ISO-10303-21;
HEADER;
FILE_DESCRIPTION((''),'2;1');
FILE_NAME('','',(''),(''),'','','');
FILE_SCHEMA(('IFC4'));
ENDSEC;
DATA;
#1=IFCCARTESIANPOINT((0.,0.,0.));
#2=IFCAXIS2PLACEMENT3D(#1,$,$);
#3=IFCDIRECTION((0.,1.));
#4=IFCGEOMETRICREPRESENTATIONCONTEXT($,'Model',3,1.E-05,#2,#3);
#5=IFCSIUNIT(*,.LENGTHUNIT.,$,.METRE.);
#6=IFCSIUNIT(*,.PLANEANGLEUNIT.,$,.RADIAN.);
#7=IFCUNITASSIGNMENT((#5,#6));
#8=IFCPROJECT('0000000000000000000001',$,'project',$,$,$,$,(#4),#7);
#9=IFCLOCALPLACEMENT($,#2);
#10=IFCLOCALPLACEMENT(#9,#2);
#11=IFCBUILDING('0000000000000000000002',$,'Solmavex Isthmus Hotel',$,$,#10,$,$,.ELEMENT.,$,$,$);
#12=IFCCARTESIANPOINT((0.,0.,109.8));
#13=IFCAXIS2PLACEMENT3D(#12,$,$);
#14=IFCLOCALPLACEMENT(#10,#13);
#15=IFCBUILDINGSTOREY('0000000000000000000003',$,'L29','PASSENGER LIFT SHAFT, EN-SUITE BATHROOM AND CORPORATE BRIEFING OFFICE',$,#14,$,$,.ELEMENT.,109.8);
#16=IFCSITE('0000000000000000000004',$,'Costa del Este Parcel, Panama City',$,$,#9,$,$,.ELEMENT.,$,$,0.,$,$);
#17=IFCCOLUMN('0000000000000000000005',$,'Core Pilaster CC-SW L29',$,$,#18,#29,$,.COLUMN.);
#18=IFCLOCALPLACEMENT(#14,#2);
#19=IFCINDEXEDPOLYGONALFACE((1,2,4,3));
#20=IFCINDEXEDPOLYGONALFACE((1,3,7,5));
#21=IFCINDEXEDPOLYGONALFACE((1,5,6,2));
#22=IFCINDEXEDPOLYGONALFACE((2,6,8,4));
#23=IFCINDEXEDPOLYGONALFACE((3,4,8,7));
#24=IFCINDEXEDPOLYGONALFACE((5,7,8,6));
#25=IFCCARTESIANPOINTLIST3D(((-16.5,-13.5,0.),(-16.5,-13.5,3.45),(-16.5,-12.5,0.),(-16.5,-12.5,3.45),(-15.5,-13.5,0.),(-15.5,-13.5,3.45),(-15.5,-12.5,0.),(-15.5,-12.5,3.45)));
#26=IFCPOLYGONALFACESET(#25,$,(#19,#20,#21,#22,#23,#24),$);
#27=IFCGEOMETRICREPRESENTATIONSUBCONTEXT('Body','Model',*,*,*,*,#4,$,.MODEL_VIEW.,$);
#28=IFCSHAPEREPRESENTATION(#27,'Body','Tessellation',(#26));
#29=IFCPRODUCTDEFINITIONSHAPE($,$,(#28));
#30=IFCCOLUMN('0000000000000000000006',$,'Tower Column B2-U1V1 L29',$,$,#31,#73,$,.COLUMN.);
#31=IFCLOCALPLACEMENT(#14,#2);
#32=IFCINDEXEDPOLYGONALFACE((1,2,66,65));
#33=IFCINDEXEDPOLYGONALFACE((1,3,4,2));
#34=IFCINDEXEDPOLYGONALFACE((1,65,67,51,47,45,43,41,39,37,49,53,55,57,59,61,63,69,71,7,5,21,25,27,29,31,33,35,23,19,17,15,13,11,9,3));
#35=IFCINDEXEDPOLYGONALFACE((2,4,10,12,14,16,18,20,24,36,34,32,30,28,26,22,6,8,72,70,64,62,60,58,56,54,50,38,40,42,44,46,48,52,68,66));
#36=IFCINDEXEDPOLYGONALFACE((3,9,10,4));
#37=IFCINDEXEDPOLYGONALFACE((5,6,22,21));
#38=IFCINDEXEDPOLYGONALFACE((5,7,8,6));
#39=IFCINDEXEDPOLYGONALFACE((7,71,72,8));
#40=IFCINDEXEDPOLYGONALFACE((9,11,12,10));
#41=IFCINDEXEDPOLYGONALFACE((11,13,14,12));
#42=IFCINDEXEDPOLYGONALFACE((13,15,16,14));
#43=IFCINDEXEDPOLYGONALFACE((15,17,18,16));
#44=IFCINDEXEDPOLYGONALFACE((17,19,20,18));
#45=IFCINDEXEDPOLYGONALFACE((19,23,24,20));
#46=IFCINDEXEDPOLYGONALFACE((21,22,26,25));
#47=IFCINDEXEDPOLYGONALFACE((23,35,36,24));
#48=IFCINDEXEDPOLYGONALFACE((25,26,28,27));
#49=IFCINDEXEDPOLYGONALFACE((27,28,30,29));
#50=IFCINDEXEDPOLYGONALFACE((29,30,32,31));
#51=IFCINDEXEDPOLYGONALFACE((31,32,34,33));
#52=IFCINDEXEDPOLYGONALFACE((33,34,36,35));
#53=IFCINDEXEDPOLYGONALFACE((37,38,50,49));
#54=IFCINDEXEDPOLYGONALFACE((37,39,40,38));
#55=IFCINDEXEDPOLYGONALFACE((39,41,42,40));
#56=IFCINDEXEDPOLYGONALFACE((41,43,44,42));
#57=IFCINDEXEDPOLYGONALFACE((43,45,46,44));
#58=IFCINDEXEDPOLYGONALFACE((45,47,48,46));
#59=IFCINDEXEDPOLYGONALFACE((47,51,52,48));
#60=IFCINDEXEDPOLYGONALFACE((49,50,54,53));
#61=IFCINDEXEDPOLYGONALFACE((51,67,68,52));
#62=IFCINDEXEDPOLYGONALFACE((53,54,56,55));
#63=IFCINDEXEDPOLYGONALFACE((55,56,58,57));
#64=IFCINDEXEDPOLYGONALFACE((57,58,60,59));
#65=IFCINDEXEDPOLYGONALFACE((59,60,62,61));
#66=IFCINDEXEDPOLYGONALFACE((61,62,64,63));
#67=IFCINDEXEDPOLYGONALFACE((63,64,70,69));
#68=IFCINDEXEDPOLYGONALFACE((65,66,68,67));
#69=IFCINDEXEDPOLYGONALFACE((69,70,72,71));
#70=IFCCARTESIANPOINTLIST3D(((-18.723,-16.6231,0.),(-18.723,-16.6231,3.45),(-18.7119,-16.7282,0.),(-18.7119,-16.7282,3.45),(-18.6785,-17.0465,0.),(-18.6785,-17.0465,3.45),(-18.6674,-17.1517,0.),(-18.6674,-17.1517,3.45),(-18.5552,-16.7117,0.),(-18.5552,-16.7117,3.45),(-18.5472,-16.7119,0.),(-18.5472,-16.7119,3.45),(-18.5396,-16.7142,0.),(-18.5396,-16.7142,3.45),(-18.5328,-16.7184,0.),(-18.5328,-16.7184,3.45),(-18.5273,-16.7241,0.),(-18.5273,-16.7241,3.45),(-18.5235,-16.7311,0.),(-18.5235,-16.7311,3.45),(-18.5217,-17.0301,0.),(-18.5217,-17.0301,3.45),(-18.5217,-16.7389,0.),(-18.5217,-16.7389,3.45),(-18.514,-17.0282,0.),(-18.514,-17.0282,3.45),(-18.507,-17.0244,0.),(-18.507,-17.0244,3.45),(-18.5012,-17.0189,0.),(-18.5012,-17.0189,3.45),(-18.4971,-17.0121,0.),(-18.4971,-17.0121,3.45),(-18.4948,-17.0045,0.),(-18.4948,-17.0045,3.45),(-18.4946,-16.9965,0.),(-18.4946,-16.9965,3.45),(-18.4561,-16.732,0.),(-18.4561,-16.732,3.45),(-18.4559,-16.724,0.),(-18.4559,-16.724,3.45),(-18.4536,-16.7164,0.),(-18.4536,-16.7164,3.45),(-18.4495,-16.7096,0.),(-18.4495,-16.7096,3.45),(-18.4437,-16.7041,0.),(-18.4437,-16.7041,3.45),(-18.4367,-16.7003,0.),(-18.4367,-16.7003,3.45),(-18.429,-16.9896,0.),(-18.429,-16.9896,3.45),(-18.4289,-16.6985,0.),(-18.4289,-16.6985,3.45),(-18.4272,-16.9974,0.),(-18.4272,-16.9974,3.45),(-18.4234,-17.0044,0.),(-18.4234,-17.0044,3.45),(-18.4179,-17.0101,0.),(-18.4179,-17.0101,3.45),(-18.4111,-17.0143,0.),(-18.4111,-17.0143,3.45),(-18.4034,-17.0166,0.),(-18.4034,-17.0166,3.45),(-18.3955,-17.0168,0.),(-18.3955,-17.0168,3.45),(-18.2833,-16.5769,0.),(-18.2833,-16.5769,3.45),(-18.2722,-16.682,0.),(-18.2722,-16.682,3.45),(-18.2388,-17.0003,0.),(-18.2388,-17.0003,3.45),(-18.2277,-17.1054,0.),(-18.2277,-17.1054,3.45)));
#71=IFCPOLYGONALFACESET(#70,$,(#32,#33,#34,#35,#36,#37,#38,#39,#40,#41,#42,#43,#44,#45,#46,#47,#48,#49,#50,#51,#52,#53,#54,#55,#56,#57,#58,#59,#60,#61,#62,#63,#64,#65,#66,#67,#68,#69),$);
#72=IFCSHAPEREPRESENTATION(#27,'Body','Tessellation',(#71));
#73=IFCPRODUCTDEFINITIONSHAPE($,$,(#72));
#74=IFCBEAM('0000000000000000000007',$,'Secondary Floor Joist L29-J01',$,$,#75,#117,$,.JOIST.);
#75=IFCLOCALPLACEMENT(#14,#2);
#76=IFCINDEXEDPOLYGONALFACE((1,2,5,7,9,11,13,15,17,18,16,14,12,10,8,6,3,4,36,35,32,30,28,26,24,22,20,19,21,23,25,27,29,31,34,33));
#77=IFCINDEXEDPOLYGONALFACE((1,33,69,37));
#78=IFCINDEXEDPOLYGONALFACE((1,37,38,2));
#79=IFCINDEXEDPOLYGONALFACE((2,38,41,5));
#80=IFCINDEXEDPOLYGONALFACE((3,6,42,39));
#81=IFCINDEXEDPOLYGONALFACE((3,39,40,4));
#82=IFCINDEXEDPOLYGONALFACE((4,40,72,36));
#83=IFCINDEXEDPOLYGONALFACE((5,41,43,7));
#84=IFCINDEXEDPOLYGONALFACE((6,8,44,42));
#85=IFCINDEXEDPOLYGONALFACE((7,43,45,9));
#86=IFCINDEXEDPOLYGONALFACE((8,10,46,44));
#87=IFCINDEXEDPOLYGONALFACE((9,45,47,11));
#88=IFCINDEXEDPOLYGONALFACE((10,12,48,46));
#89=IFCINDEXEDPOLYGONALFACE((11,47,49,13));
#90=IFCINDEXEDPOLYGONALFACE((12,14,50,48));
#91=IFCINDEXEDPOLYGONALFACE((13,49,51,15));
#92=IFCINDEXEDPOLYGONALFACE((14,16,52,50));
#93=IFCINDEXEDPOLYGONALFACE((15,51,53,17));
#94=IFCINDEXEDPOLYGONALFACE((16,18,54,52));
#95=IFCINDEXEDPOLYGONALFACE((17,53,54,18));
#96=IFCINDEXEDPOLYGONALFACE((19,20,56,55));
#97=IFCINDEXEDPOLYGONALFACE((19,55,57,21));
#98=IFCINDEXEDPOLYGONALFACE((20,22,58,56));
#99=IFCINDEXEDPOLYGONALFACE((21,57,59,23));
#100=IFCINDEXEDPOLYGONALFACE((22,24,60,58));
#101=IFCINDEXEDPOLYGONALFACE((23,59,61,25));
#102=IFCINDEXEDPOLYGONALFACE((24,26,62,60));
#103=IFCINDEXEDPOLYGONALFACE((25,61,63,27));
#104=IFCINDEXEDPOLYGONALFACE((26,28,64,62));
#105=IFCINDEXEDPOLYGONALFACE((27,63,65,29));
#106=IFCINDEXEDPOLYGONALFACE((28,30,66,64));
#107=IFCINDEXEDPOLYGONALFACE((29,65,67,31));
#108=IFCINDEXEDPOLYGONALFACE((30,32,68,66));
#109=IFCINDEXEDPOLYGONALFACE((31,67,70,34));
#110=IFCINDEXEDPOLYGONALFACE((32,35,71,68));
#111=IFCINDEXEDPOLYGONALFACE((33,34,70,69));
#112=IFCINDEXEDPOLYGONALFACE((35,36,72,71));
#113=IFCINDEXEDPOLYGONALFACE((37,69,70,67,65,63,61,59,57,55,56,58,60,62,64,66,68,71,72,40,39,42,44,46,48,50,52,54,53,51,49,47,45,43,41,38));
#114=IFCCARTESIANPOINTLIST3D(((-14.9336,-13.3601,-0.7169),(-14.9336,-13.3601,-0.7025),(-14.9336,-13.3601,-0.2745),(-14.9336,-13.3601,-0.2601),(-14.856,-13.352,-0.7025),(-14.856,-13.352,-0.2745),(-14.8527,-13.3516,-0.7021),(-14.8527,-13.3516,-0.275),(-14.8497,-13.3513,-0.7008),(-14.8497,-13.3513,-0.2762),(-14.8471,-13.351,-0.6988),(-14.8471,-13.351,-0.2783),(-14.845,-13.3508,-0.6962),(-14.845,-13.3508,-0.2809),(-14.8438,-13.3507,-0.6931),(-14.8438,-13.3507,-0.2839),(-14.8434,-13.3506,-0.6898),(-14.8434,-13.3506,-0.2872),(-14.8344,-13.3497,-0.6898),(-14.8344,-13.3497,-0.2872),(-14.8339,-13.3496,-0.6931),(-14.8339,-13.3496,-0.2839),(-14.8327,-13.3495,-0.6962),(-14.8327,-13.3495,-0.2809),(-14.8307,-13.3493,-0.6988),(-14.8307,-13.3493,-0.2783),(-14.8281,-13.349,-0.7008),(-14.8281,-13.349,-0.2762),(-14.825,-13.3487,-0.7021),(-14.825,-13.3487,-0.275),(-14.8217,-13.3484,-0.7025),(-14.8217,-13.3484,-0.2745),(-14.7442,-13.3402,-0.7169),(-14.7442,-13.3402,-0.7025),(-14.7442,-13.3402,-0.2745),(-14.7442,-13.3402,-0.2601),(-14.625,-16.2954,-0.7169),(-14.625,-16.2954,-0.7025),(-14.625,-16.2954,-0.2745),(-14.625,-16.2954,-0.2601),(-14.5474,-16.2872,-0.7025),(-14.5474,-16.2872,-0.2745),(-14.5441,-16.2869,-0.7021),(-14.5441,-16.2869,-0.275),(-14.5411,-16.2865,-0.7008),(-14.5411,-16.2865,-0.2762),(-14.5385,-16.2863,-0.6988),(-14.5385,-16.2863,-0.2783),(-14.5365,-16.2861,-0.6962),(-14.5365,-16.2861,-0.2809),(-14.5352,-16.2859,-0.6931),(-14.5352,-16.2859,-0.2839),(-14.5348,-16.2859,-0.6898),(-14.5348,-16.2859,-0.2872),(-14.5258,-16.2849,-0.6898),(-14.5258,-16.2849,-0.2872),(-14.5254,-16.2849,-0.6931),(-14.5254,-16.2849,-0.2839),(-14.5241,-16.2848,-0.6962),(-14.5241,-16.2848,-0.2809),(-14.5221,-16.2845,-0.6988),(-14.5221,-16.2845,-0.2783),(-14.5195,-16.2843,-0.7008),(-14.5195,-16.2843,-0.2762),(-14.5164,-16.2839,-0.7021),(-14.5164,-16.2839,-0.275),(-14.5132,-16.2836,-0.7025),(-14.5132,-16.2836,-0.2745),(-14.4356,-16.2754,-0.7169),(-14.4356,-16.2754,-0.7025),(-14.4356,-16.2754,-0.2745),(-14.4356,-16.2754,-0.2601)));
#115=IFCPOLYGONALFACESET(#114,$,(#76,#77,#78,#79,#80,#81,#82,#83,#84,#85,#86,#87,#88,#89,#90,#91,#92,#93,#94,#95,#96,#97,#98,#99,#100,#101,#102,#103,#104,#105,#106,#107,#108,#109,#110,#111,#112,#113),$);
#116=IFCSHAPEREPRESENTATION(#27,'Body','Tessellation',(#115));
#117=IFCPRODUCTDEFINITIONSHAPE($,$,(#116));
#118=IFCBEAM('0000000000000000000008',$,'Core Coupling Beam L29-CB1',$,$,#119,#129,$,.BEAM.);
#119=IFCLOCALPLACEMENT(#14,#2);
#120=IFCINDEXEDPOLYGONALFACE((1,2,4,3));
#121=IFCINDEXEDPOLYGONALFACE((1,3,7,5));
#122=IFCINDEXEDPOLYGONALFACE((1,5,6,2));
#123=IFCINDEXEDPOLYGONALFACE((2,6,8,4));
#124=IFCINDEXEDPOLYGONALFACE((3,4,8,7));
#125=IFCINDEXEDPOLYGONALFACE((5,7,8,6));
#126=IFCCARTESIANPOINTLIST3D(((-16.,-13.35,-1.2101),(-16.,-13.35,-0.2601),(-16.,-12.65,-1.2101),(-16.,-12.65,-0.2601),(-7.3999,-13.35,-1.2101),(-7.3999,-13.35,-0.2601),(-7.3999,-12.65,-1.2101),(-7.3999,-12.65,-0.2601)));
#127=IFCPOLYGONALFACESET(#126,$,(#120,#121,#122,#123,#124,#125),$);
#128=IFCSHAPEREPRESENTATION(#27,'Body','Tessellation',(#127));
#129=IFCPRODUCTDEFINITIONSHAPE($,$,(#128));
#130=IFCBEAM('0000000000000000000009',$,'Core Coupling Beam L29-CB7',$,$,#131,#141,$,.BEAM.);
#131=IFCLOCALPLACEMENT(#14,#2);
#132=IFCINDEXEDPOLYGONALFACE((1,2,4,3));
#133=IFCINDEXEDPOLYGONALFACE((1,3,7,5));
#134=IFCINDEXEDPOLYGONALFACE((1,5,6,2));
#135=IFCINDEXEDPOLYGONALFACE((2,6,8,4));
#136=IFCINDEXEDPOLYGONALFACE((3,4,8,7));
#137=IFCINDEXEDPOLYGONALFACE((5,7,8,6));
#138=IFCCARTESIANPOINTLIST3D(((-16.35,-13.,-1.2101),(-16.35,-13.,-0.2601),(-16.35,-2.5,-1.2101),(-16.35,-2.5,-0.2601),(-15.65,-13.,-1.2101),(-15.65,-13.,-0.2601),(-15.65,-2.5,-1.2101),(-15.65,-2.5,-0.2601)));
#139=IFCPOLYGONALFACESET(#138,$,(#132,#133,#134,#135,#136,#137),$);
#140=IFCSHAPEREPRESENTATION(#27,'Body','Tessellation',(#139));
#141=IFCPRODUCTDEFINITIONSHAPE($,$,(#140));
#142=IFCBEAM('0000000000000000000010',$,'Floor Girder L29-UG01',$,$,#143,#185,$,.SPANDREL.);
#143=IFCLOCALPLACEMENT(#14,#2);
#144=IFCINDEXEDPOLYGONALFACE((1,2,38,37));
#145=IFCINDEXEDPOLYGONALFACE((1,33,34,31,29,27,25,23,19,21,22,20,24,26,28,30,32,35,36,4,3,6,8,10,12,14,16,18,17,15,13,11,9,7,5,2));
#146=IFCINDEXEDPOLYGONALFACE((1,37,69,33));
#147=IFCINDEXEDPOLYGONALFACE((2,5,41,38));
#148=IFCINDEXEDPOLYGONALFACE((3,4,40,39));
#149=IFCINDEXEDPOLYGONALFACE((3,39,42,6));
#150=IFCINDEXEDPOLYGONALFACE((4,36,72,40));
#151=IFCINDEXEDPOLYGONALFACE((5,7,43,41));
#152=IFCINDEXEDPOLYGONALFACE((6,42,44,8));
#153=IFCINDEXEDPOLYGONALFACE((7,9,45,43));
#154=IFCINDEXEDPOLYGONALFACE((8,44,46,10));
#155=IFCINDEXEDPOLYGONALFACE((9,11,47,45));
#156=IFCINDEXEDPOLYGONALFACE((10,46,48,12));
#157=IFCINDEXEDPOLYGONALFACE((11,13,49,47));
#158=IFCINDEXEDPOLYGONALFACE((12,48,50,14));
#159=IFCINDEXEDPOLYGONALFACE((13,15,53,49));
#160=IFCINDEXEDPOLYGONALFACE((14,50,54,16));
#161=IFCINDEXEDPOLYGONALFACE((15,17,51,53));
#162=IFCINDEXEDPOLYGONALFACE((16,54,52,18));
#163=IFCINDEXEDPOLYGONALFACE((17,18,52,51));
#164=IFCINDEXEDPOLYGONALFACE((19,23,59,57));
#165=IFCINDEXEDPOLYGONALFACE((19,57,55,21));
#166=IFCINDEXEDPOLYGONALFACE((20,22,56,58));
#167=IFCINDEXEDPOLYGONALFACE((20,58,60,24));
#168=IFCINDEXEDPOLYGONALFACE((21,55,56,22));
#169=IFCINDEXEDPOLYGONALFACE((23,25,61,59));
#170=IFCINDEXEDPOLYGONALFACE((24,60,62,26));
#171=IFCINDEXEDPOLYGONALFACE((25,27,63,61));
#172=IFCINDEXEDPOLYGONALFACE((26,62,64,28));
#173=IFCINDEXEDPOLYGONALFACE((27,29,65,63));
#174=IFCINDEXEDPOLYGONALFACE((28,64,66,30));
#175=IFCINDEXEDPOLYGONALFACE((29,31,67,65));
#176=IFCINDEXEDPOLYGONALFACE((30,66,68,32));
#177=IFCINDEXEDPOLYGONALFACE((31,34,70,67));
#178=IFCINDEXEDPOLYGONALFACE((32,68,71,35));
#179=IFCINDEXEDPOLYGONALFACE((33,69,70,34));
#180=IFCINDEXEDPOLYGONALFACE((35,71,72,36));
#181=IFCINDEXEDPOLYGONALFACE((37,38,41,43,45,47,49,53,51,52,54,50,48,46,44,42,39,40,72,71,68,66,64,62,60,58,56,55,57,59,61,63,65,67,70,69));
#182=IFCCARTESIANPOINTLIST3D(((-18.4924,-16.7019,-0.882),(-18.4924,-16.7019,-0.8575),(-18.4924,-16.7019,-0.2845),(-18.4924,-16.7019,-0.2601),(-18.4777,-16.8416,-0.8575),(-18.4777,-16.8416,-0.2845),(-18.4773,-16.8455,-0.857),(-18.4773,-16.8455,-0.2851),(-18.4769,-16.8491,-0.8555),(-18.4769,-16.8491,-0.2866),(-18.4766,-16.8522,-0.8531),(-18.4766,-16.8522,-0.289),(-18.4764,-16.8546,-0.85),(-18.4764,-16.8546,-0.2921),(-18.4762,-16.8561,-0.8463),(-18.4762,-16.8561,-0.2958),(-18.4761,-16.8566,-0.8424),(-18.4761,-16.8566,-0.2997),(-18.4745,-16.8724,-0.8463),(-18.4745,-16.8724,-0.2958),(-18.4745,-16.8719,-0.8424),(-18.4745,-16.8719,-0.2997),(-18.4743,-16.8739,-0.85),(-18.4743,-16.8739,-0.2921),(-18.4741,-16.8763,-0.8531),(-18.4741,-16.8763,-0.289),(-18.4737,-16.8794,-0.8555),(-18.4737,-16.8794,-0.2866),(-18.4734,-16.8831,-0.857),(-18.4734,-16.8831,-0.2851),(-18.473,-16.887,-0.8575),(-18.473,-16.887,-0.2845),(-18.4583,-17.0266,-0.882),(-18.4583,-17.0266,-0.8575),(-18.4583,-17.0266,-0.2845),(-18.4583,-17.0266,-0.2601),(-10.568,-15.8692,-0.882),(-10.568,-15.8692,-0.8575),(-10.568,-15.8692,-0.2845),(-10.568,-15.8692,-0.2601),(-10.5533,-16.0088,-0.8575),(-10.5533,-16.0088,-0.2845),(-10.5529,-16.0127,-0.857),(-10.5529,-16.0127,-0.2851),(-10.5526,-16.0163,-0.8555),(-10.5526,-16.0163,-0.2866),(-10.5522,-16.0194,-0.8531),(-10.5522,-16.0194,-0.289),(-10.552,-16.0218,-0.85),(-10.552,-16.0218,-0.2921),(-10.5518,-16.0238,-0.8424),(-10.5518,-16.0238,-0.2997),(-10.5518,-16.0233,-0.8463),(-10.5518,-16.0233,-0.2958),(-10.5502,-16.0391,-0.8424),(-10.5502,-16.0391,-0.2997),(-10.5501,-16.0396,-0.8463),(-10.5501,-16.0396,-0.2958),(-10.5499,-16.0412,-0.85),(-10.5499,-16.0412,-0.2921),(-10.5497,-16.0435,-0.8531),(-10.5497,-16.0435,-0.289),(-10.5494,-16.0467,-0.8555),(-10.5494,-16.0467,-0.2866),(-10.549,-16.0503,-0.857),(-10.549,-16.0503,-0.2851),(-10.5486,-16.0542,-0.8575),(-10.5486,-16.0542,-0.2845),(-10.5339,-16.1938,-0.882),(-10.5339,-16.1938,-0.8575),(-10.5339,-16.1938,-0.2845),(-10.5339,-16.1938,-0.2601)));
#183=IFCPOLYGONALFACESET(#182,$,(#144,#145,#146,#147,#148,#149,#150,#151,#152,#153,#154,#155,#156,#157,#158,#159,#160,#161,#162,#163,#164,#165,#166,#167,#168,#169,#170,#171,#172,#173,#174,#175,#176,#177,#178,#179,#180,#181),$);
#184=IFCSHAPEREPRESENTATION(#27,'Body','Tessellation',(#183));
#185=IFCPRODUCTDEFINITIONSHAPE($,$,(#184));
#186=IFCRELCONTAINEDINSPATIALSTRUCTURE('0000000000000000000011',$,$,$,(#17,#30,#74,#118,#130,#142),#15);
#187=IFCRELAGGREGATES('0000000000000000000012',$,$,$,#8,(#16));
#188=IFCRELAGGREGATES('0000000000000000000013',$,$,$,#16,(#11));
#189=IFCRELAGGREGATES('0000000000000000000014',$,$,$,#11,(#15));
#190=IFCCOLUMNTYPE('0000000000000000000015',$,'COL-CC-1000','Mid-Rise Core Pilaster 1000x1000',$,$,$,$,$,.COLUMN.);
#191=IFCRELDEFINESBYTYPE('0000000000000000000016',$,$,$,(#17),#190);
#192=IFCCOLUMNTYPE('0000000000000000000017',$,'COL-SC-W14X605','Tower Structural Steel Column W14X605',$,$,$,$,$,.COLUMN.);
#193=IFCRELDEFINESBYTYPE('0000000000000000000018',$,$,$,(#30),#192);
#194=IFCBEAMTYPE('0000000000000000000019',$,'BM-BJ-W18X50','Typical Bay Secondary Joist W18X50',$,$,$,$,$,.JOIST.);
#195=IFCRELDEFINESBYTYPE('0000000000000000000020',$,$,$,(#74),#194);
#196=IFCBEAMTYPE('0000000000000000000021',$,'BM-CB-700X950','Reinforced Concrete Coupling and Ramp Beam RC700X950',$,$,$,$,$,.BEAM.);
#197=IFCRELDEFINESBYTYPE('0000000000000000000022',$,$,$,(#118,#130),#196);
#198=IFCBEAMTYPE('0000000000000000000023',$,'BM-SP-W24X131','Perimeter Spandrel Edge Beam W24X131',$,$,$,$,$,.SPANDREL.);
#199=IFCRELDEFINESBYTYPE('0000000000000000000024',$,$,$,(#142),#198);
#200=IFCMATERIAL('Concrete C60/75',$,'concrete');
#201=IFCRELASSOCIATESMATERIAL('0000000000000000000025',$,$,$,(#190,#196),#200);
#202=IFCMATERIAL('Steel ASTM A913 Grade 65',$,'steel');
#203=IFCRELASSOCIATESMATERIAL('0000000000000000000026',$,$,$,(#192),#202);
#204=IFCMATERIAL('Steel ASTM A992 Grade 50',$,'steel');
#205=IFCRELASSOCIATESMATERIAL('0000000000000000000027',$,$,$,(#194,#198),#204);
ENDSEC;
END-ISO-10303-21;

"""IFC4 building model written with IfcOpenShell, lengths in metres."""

from ifc_helpers import new_model, si_unit, direction, frame, origin, origin_2d, place, context, subcontext, project, spatial, rectangle, i_section, extrude, material, material_profile, profile_set, type_object, element, save


model = new_model("IFC4")

# Units and contexts
model_context = context("Model", 3, precision=1e-05, world=origin(), true_north=direction((0.0, 1.0)))
body_context = subcontext(model_context, "Body", "Model", "MODEL_VIEW")
ifc_project = project(units=[si_unit("LENGTHUNIT", "METRE"), si_unit("PLANEANGLEUNIT", "RADIAN")], contexts=[model_context])

# Site, building, storey
site_placement = place(None, origin())
site = spatial("IfcSite", under=ifc_project, at=site_placement, Name="Costa del Este Parcel, Panama City", CompositionType="ELEMENT", RefElevation=0.0)
building_placement = place(site_placement, origin())
building = spatial("IfcBuilding", under=site, at=building_placement, Name="Solmavex Isthmus Hotel", CompositionType="ELEMENT")
storey_placement = place(building_placement, frame((0.0, 0.0, 109.8)))
storey = spatial("IfcBuildingStorey", under=building, at=storey_placement, Name="L29", Description="PASSENGER LIFT SHAFT, EN-SUITE BATHROOM AND CORPORATE BRIEFING OFFICE", CompositionType="ELEMENT", Elevation=109.8)

# Columns
ifc_material_1 = material(Name="Concrete C60/75", Category="concrete")
ifc_material_profile_1 = material_profile(ifc_material_1, rectangle(XDim=1.0, YDim=1.0, at=origin_2d()), Name="RC1000X1000")
ifc_profile_set_1 = profile_set([ifc_material_profile_1], Name="Concrete C60/75")
column_type_1 = type_object("IfcColumnType", Name="COL-CC-1000", Description="Mid-Rise Core Pilaster 1000x1000", PredefinedType="COLUMN", material=ifc_profile_set_1)
column_1_placement = place(storey_placement, frame((-16.0, -13.0, 0.0), z_axis=(0.0, 0.0, 1.0), x_axis=(1.0, 0.0, 0.0)))
element("IfcColumn", 1, at=column_1_placement, inside=storey, type_object=column_type_1, Name="Core Pilaster CC-SW L29", PredefinedType="COLUMN", context=body_context, shape_type="SweptSolid", body=[
    extrude(rectangle(XDim=1.0, YDim=1.0, at=origin_2d()), origin(), (0.0, 0.0, 1.0), 3.45),
])
ifc_material_2 = material(Name="Steel ASTM A913 Grade 65", Category="steel")
ifc_material_profile_2 = material_profile(ifc_material_2, i_section(OverallWidth=0.4421, OverallDepth=0.5315, WebThickness=0.0659, FlangeThickness=0.1057, FilletRadius=0.0305, at=origin_2d()), Name="W14X605")
ifc_profile_set_2 = profile_set([ifc_material_profile_2], Name="Steel ASTM A913 Grade 65")
column_type_2 = type_object("IfcColumnType", Name="COL-SC-W14X605", Description="Tower Structural Steel Column W14X605", PredefinedType="COLUMN", material=ifc_profile_set_2)
column_2_placement = place(storey_placement, frame((-18.4753, -16.8643, 0.0), z_axis=(0.0, 0.0, 1.0), x_axis=(0.994522, 0.104528, 0.0)))
element("IfcColumn", 2, at=column_2_placement, inside=storey, type_object=column_type_2, Name="Tower Column B2-U1V1 L29", PredefinedType="COLUMN", context=body_context, shape_type="SweptSolid", body=[
    extrude(i_section(OverallWidth=0.4421, OverallDepth=0.5315, WebThickness=0.0659, FlangeThickness=0.1057, FilletRadius=0.0305, at=origin_2d()), origin(), (0.0, 0.0, 1.0), 3.45),
])

# Beams
ifc_material_3 = material(Name="Steel ASTM A992 Grade 50", Category="steel")
ifc_material_profile_3 = material_profile(ifc_material_3, i_section(OverallWidth=0.1904, OverallDepth=0.4568, WebThickness=0.009, FlangeThickness=0.0144, FilletRadius=0.0127, at=origin_2d()), Name="W18X50")
ifc_profile_set_3 = profile_set([ifc_material_profile_3], Name="Steel ASTM A992 Grade 50")
beam_type_1 = type_object("IfcBeamType", Name="BM-BJ-W18X50", Description="Typical Bay Secondary Joist W18X50", PredefinedType="JOIST", material=ifc_profile_set_3)
beam_1_placement = place(storey_placement, frame((-14.5303, -16.2854, -0.4885), z_axis=(-0.104556, 0.994519, 0.0), x_axis=(-0.994519, -0.104556, 0.0)))
element("IfcBeam", 3, at=beam_1_placement, inside=storey, type_object=beam_type_1, Name="Secondary Floor Joist L29-J01", PredefinedType="JOIST", context=body_context, shape_type="SweptSolid", body=[
    extrude(i_section(OverallWidth=0.1904, OverallDepth=0.4568, WebThickness=0.009, FlangeThickness=0.0144, FilletRadius=0.0127, at=origin_2d()), origin(), (0.0, 0.0, 1.0), 2.9514),
])
ifc_material_profile_4 = material_profile(ifc_material_1, rectangle(XDim=0.7, YDim=0.95, at=origin_2d()), Name="RC700X950")
ifc_profile_set_4 = profile_set([ifc_material_profile_4], Name="Concrete C60/75")
beam_type_2 = type_object("IfcBeamType", Name="BM-CB-700X950", Description="Reinforced Concrete Coupling and Ramp Beam RC700X950", PredefinedType="BEAM", material=ifc_profile_set_4)
beam_2_placement = place(storey_placement, frame((-16.0, -13.0, -0.7351), z_axis=(1.0, 0.0, 0.0), x_axis=(0.0, 1.0, 0.0)))
element("IfcBeam", 4, at=beam_2_placement, inside=storey, type_object=beam_type_2, Name="Core Coupling Beam L29-CB1", PredefinedType="BEAM", context=body_context, shape_type="SweptSolid", body=[
    extrude(rectangle(XDim=0.7, YDim=0.95, at=origin_2d()), origin(), (0.0, 0.0, 1.0), 8.6001),
])
beam_3_placement = place(storey_placement, frame((-16.0, -13.0, -0.7351), z_axis=(0.0, 1.0, 0.0), x_axis=(-1.0, 0.0, 0.0)))
element("IfcBeam", 5, at=beam_3_placement, inside=storey, type_object=beam_type_2, Name="Core Coupling Beam L29-CB7", PredefinedType="BEAM", context=body_context, shape_type="SweptSolid", body=[
    extrude(rectangle(XDim=0.7, YDim=0.95, at=origin_2d()), origin(), (0.0, 0.0, 1.0), 10.5),
])
ifc_material_profile_5 = material_profile(ifc_material_3, i_section(OverallWidth=0.3264, OverallDepth=0.6218, WebThickness=0.0154, FlangeThickness=0.0244, FilletRadius=0.0151, at=origin_2d()), Name="W24X131")
ifc_profile_set_5 = profile_set([ifc_material_profile_5], Name="Steel ASTM A992 Grade 50")
beam_type_3 = type_object("IfcBeamType", Name="BM-SP-W24X131", Description="Perimeter Spandrel Edge Beam W24X131", PredefinedType="SPANDREL", material=ifc_profile_set_5)
beam_4_placement = place(storey_placement, frame((-18.4753, -16.8643, -0.571), z_axis=(0.994523, 0.104514, 0.0), x_axis=(-0.104514, 0.994523, 0.0)))
element("IfcBeam", 6, at=beam_4_placement, inside=storey, type_object=beam_type_3, Name="Floor Girder L29-UG01", PredefinedType="SPANDREL", context=body_context, shape_type="SweptSolid", body=[
    extrude(i_section(OverallWidth=0.3264, OverallDepth=0.6218, WebThickness=0.0154, FlangeThickness=0.0244, FilletRadius=0.0151, at=origin_2d()), origin(), (0.0, 0.0, 1.0), 7.968),
])

save(model, "model.ifc")
